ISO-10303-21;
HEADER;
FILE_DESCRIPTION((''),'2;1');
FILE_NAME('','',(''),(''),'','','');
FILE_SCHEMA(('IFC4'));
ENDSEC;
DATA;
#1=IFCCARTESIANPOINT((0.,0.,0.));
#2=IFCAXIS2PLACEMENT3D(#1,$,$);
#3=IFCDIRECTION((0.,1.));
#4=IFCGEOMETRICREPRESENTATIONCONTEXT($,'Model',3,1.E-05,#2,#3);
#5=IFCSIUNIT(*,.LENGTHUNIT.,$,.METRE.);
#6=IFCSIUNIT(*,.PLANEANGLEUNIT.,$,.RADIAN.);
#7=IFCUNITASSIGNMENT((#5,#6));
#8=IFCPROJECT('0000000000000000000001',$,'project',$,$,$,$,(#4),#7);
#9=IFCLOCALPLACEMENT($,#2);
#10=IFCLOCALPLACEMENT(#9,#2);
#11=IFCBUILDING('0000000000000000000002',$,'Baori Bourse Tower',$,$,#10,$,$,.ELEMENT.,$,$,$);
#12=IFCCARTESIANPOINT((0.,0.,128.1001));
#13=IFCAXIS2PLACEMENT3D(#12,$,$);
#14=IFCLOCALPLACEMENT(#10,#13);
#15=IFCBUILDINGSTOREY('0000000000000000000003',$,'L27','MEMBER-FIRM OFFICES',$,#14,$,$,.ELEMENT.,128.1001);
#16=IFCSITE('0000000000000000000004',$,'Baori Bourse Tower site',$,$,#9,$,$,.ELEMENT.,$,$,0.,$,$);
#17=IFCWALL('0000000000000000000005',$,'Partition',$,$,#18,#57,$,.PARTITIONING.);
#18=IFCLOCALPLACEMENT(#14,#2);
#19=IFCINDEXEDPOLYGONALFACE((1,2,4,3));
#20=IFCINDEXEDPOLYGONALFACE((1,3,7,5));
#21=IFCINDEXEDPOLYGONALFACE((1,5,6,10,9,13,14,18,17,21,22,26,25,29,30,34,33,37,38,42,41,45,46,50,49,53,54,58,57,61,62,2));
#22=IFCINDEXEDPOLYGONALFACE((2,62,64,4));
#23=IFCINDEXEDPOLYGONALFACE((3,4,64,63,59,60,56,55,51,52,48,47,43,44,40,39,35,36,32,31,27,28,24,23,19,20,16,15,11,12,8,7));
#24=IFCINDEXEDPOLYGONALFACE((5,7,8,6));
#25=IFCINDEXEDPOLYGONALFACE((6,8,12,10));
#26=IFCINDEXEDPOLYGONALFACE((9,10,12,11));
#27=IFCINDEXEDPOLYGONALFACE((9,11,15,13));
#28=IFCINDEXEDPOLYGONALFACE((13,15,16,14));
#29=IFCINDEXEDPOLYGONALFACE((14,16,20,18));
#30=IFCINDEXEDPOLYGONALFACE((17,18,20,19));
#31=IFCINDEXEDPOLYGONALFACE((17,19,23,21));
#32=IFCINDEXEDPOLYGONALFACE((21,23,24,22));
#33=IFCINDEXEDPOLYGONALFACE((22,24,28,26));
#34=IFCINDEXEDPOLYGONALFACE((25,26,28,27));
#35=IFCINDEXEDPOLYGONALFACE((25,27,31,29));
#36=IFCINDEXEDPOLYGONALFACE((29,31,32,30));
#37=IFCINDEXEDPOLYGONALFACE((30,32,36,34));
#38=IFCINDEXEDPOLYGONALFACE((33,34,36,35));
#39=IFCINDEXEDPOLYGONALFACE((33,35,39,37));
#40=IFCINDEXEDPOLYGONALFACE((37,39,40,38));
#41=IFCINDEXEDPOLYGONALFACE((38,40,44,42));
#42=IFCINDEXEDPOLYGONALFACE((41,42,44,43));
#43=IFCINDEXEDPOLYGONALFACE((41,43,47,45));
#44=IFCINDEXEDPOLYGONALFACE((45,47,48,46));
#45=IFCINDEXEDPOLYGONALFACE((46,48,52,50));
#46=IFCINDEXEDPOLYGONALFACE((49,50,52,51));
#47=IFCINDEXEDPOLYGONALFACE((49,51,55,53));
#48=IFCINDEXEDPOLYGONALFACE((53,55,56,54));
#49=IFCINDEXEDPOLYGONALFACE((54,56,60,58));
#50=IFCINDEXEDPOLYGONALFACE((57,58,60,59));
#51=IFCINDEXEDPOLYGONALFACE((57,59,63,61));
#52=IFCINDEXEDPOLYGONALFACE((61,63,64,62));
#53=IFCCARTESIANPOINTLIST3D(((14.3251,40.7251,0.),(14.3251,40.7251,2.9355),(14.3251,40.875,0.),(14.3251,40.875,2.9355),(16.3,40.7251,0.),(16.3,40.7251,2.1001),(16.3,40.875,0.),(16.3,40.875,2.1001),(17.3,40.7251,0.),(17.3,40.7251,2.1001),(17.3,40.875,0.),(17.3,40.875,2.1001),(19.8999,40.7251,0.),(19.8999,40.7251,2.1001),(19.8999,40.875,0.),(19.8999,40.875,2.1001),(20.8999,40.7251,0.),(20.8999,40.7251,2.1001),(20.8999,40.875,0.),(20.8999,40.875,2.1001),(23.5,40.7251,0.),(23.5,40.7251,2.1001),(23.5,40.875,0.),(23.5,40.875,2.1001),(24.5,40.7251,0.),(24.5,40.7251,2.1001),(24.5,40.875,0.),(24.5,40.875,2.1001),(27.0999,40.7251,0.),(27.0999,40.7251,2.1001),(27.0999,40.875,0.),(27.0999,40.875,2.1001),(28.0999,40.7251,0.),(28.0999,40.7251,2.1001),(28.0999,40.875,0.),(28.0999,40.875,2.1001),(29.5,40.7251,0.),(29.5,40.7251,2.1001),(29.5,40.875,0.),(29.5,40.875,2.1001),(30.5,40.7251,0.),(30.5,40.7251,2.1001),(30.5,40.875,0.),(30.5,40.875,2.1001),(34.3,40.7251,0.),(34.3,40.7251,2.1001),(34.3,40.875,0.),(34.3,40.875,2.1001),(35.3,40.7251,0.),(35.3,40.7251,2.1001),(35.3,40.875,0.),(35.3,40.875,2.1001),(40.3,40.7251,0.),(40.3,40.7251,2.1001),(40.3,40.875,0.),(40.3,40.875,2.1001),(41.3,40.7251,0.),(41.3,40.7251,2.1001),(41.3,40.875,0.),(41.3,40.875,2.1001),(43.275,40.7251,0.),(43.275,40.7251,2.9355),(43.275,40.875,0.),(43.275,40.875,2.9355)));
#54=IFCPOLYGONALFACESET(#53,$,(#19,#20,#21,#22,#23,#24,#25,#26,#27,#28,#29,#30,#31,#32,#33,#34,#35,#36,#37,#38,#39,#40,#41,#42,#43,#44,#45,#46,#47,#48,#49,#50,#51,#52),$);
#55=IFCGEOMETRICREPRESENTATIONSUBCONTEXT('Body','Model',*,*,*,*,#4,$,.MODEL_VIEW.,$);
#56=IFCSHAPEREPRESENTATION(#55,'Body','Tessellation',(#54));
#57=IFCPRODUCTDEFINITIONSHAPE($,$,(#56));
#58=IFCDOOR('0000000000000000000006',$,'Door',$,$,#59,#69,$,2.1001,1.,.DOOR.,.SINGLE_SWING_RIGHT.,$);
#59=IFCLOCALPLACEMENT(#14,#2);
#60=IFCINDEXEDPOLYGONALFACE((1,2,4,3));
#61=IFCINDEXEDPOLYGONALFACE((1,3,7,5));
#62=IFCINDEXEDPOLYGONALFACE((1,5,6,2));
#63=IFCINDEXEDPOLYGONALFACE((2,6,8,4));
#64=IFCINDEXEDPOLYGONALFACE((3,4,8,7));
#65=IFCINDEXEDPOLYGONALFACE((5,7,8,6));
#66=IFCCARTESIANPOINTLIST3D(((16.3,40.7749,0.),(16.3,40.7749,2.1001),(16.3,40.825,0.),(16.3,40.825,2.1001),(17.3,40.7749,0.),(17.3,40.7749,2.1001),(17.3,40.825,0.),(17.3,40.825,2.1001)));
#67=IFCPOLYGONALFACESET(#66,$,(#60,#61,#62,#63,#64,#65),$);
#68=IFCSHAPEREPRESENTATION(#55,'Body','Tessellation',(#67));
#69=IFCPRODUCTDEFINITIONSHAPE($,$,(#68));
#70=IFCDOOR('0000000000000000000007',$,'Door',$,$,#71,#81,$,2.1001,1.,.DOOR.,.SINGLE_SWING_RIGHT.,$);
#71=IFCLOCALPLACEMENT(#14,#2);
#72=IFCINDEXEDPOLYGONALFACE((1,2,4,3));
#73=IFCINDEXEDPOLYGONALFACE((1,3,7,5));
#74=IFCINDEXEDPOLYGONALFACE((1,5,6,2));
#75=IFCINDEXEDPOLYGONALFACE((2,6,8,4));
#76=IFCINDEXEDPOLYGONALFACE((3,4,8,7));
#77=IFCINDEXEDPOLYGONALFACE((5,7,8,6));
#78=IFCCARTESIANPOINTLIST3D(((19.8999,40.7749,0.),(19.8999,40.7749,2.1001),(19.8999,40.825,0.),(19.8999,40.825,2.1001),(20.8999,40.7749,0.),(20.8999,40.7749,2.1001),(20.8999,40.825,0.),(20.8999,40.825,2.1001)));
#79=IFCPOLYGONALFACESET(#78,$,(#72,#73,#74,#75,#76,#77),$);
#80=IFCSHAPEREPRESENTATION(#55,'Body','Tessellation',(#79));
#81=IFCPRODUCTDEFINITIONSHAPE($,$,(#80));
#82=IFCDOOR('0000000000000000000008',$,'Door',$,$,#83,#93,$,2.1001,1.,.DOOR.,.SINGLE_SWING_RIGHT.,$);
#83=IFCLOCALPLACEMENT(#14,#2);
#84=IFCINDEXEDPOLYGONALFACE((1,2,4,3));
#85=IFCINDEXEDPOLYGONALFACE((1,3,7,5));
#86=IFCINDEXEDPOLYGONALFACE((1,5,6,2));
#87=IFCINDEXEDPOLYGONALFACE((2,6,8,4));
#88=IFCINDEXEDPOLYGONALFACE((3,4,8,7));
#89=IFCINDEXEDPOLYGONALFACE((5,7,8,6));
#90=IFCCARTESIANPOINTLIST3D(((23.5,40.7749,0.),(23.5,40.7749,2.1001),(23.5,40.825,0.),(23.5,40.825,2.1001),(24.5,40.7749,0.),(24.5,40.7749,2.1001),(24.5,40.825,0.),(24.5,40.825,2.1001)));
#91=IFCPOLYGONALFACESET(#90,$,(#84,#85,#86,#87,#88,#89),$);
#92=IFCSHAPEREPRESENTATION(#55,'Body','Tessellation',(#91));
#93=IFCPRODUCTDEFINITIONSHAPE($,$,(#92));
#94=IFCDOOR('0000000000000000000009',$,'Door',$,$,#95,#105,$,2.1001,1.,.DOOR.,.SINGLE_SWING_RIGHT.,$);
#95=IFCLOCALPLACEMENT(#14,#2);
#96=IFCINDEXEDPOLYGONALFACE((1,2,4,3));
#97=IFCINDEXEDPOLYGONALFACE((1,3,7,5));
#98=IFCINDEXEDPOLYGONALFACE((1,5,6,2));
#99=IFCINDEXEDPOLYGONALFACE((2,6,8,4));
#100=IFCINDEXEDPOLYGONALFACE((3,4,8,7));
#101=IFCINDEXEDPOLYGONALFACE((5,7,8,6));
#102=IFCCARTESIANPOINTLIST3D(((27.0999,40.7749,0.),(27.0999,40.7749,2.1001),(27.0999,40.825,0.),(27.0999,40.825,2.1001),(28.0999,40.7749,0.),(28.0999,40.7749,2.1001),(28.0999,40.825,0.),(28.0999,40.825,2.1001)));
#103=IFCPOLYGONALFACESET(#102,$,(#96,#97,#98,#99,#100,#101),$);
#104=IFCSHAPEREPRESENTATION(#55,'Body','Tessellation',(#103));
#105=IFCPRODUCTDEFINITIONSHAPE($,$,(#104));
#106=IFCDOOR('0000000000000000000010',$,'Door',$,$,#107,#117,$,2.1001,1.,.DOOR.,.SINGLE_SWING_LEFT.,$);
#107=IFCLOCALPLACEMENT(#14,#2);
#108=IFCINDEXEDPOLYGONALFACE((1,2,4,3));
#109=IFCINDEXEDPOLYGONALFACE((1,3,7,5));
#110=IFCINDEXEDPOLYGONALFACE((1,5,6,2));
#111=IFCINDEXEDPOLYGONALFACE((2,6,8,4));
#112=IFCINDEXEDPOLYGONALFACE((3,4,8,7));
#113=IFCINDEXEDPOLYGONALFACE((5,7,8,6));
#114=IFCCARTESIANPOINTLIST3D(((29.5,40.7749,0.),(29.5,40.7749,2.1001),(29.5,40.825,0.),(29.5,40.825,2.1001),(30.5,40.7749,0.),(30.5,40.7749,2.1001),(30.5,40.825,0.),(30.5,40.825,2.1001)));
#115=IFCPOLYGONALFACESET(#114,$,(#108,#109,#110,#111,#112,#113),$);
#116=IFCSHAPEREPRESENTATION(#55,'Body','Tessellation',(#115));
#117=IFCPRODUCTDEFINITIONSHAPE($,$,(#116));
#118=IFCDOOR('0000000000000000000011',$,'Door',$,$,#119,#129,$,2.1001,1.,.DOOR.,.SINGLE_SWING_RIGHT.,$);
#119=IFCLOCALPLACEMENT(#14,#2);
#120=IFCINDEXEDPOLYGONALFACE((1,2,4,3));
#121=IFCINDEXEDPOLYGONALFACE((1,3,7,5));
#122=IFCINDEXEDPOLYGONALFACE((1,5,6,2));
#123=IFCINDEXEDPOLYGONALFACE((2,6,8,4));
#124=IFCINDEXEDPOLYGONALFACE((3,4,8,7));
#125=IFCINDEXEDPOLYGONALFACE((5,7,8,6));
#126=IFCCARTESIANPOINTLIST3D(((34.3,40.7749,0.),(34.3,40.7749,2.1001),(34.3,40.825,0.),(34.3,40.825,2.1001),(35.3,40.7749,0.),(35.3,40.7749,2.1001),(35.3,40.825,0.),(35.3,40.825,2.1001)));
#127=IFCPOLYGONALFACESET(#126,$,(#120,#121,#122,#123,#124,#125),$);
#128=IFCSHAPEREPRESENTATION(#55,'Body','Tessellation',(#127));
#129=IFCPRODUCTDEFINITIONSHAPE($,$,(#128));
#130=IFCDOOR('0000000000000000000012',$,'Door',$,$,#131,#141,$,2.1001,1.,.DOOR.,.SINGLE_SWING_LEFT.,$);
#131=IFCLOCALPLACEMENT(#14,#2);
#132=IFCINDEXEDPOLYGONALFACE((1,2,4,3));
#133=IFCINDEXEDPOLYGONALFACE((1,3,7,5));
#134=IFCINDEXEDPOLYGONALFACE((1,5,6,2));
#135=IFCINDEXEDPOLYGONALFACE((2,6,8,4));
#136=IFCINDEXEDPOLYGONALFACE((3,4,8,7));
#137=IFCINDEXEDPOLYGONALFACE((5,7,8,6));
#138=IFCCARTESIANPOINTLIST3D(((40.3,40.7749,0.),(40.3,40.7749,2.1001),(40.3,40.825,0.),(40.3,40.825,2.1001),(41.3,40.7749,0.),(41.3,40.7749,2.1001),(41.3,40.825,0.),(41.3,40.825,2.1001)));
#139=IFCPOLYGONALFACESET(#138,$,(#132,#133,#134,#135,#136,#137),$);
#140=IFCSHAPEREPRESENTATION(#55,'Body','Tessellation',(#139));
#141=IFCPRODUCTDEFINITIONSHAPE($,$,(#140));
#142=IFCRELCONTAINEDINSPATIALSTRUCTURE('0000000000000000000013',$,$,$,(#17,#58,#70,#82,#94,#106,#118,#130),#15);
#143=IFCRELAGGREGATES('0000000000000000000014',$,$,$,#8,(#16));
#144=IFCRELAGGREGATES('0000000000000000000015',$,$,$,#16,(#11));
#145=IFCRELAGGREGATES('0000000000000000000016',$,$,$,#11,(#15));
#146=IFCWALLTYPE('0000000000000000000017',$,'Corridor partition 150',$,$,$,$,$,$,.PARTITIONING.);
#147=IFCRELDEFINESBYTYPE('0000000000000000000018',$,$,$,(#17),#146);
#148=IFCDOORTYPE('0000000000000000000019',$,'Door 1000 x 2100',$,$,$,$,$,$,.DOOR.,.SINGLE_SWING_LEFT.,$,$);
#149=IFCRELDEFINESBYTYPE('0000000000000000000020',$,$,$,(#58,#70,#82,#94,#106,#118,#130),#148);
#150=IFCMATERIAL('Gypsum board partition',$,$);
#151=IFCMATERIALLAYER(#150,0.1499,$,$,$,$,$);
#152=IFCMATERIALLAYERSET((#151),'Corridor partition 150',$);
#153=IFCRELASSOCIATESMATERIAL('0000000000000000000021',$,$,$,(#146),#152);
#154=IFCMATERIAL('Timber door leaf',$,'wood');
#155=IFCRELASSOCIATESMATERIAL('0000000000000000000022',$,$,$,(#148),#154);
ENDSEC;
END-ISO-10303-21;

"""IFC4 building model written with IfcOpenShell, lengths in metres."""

from ifc_helpers import new_model, si_unit, direction, frame, frame_2d, origin, place, context, subcontext, project, spatial, rectangle, extrude, material, layer, layer_set, type_object, element, fill, save


model = new_model("IFC4")

# Units and contexts
model_context = context("Model", 3, precision=1e-05, world=origin(), true_north=direction((0.0, 1.0)))
body_context = subcontext(model_context, "Body", "Model", "MODEL_VIEW")
ifc_project = project(units=[si_unit("LENGTHUNIT", "METRE"), si_unit("PLANEANGLEUNIT", "RADIAN")], contexts=[model_context])

# Site, building, storey
site_placement = place(None, origin())
site = spatial("IfcSite", under=ifc_project, at=site_placement, Name="Baori Bourse Tower site", CompositionType="ELEMENT", RefElevation=0.0)
building_placement = place(site_placement, origin())
building = spatial("IfcBuilding", under=site, at=building_placement, Name="Baori Bourse Tower", CompositionType="ELEMENT")
storey_placement = place(building_placement, frame((0.0, 0.0, 128.1001)))
storey = spatial("IfcBuildingStorey", under=building, at=storey_placement, Name="L27", Description="MEMBER-FIRM OFFICES", CompositionType="ELEMENT", Elevation=128.1001)

# Wall, openings, doors
ifc_material_1 = material(Name="Gypsum board partition")
ifc_layer_1 = layer(ifc_material_1, 0.1499)
ifc_layer_set_1 = layer_set([ifc_layer_1], Name="Corridor partition 150")
wall_type_1 = type_object("IfcWallType", Name="Corridor partition 150", PredefinedType="PARTITIONING", material=ifc_layer_set_1)
wall_1_placement = place(storey_placement, frame((14.325, 40.8, 0.0), z_axis=(0.0, 0.0, 1.0), x_axis=(1.0, 0.0, 0.0)))
wall_1 = element("IfcWall", 1, at=wall_1_placement, inside=storey, type_object=wall_type_1, Name="Partition", PredefinedType="PARTITIONING", context=body_context, shape_type="SweptSolid", body=[
    extrude(rectangle(XDim=28.95, YDim=0.1499, at=frame_2d((14.4751, 0.0))), origin(), (0.0, 0.0, 1.0), 2.9355),
])
opening_1_placement = place(wall_1_placement, frame((1.9751, 0.0, 0.0)))
opening_1 = element("IfcOpeningElement", 2, at=opening_1_placement, cuts=wall_1, PredefinedType="OPENING", context=body_context, shape_type="SweptSolid", body=[
    extrude(rectangle(XDim=1.0, YDim=2.1001, at=frame_2d((0.5, 1.05))), frame((0.0, 0.085, 0.0), z_axis=(0.0, -1.0, 0.0), x_axis=(1.0, 0.0, 0.0)), (0.0, 0.0, 1.0), 0.1699),
])
opening_2_placement = place(wall_1_placement, frame((5.575, 0.0, 0.0)))
opening_2 = element("IfcOpeningElement", 3, at=opening_2_placement, cuts=wall_1, PredefinedType="OPENING", context=body_context, shape_type="SweptSolid", body=[
    extrude(rectangle(XDim=1.0, YDim=2.1001, at=frame_2d((0.5, 1.05))), frame((0.0, 0.085, 0.0), z_axis=(0.0, -1.0, 0.0), x_axis=(1.0, 0.0, 0.0)), (0.0, 0.0, 1.0), 0.1699),
])
opening_3_placement = place(wall_1_placement, frame((9.175, 0.0, 0.0)))
opening_3 = element("IfcOpeningElement", 4, at=opening_3_placement, cuts=wall_1, PredefinedType="OPENING", context=body_context, shape_type="SweptSolid", body=[
    extrude(rectangle(XDim=1.0, YDim=2.1001, at=frame_2d((0.5, 1.05))), frame((0.0, 0.085, 0.0), z_axis=(0.0, -1.0, 0.0), x_axis=(1.0, 0.0, 0.0)), (0.0, 0.0, 1.0), 0.1699),
])
opening_4_placement = place(wall_1_placement, frame((12.7749, 0.0, 0.0)))
opening_4 = element("IfcOpeningElement", 5, at=opening_4_placement, cuts=wall_1, PredefinedType="OPENING", context=body_context, shape_type="SweptSolid", body=[
    extrude(rectangle(XDim=1.0, YDim=2.1001, at=frame_2d((0.5, 1.05))), frame((0.0, 0.085, 0.0), z_axis=(0.0, -1.0, 0.0), x_axis=(1.0, 0.0, 0.0)), (0.0, 0.0, 1.0), 0.1699),
])
opening_5_placement = place(wall_1_placement, frame((15.175, 0.0, 0.0)))
opening_5 = element("IfcOpeningElement", 6, at=opening_5_placement, cuts=wall_1, PredefinedType="OPENING", context=body_context, shape_type="SweptSolid", body=[
    extrude(rectangle(XDim=1.0, YDim=2.1001, at=frame_2d((0.5, 1.05))), frame((0.0, 0.085, 0.0), z_axis=(0.0, -1.0, 0.0), x_axis=(1.0, 0.0, 0.0)), (0.0, 0.0, 1.0), 0.1699),
])
opening_6_placement = place(wall_1_placement, frame((19.9751, 0.0, 0.0)))
opening_6 = element("IfcOpeningElement", 7, at=opening_6_placement, cuts=wall_1, PredefinedType="OPENING", context=body_context, shape_type="SweptSolid", body=[
    extrude(rectangle(XDim=1.0, YDim=2.1001, at=frame_2d((0.5, 1.05))), frame((0.0, 0.085, 0.0), z_axis=(0.0, -1.0, 0.0), x_axis=(1.0, 0.0, 0.0)), (0.0, 0.0, 1.0), 0.1699),
])
opening_7_placement = place(wall_1_placement, frame((25.9751, 0.0, 0.0)))
opening_7 = element("IfcOpeningElement", 8, at=opening_7_placement, cuts=wall_1, PredefinedType="OPENING", context=body_context, shape_type="SweptSolid", body=[
    extrude(rectangle(XDim=1.0, YDim=2.1001, at=frame_2d((0.5, 1.05))), frame((0.0, 0.085, 0.0), z_axis=(0.0, -1.0, 0.0), x_axis=(1.0, 0.0, 0.0)), (0.0, 0.0, 1.0), 0.1699),
])
ifc_material_2 = material(Name="Timber door leaf", Category="wood")
door_type_1 = type_object("IfcDoorType", Name="Door 1000 x 2100", OperationType="SINGLE_SWING_LEFT", PredefinedType="DOOR", material=ifc_material_2)
door_1_placement = place(opening_1_placement, origin())
door_1 = element("IfcDoor", 9, at=door_1_placement, inside=storey, type_object=door_type_1, Name="Door", OperationType="SINGLE_SWING_RIGHT", OverallHeight=2.1001, OverallWidth=1.0, PredefinedType="DOOR", context=body_context, shape_type="SweptSolid", body=[
    extrude(rectangle(XDim=1.0, YDim=2.1001, at=frame_2d((0.5, 1.05))), frame((0.0, 0.0249, 0.0), z_axis=(0.0, -1.0, 0.0), x_axis=(1.0, 0.0, 0.0)), (0.0, 0.0, 1.0), 0.05),
])
fill(opening_1, door_1)
door_2_placement = place(opening_2_placement, origin())
door_2 = element("IfcDoor", 10, at=door_2_placement, inside=storey, type_object=door_type_1, Name="Door", OperationType="SINGLE_SWING_RIGHT", OverallHeight=2.1001, OverallWidth=1.0, PredefinedType="DOOR", context=body_context, shape_type="SweptSolid", body=[
    extrude(rectangle(XDim=1.0, YDim=2.1001, at=frame_2d((0.5, 1.05))), frame((0.0, 0.0249, 0.0), z_axis=(0.0, -1.0, 0.0), x_axis=(1.0, 0.0, 0.0)), (0.0, 0.0, 1.0), 0.05),
])
fill(opening_2, door_2)
door_3_placement = place(opening_3_placement, origin())
door_3 = element("IfcDoor", 11, at=door_3_placement, inside=storey, type_object=door_type_1, Name="Door", OperationType="SINGLE_SWING_RIGHT", OverallHeight=2.1001, OverallWidth=1.0, PredefinedType="DOOR", context=body_context, shape_type="SweptSolid", body=[
    extrude(rectangle(XDim=1.0, YDim=2.1001, at=frame_2d((0.5, 1.05))), frame((0.0, 0.0249, 0.0), z_axis=(0.0, -1.0, 0.0), x_axis=(1.0, 0.0, 0.0)), (0.0, 0.0, 1.0), 0.05),
])
fill(opening_3, door_3)
door_4_placement = place(opening_4_placement, origin())
door_4 = element("IfcDoor", 12, at=door_4_placement, inside=storey, type_object=door_type_1, Name="Door", OperationType="SINGLE_SWING_RIGHT", OverallHeight=2.1001, OverallWidth=1.0, PredefinedType="DOOR", context=body_context, shape_type="SweptSolid", body=[
    extrude(rectangle(XDim=1.0, YDim=2.1001, at=frame_2d((0.5, 1.05))), frame((0.0, 0.0249, 0.0), z_axis=(0.0, -1.0, 0.0), x_axis=(1.0, 0.0, 0.0)), (0.0, 0.0, 1.0), 0.05),
])
fill(opening_4, door_4)
door_5_placement = place(opening_5_placement, origin())
door_5 = element("IfcDoor", 13, at=door_5_placement, inside=storey, type_object=door_type_1, Name="Door", OperationType="SINGLE_SWING_LEFT", OverallHeight=2.1001, OverallWidth=1.0, PredefinedType="DOOR", context=body_context, shape_type="SweptSolid", body=[
    extrude(rectangle(XDim=1.0, YDim=2.1001, at=frame_2d((0.5, 1.05))), frame((0.0, 0.0249, 0.0), z_axis=(0.0, -1.0, 0.0), x_axis=(1.0, 0.0, 0.0)), (0.0, 0.0, 1.0), 0.05),
])
fill(opening_5, door_5)
door_6_placement = place(opening_6_placement, origin())
door_6 = element("IfcDoor", 14, at=door_6_placement, inside=storey, type_object=door_type_1, Name="Door", OperationType="SINGLE_SWING_RIGHT", OverallHeight=2.1001, OverallWidth=1.0, PredefinedType="DOOR", context=body_context, shape_type="SweptSolid", body=[
    extrude(rectangle(XDim=1.0, YDim=2.1001, at=frame_2d((0.5, 1.05))), frame((0.0, 0.0249, 0.0), z_axis=(0.0, -1.0, 0.0), x_axis=(1.0, 0.0, 0.0)), (0.0, 0.0, 1.0), 0.05),
])
fill(opening_6, door_6)
door_7_placement = place(opening_7_placement, origin())
door_7 = element("IfcDoor", 15, at=door_7_placement, inside=storey, type_object=door_type_1, Name="Door", OperationType="SINGLE_SWING_LEFT", OverallHeight=2.1001, OverallWidth=1.0, PredefinedType="DOOR", context=body_context, shape_type="SweptSolid", body=[
    extrude(rectangle(XDim=1.0, YDim=2.1001, at=frame_2d((0.5, 1.05))), frame((0.0, 0.0249, 0.0), z_axis=(0.0, -1.0, 0.0), x_axis=(1.0, 0.0, 0.0)), (0.0, 0.0, 1.0), 0.05),
])
fill(opening_7, door_7)

save(model, "model.ifc")
